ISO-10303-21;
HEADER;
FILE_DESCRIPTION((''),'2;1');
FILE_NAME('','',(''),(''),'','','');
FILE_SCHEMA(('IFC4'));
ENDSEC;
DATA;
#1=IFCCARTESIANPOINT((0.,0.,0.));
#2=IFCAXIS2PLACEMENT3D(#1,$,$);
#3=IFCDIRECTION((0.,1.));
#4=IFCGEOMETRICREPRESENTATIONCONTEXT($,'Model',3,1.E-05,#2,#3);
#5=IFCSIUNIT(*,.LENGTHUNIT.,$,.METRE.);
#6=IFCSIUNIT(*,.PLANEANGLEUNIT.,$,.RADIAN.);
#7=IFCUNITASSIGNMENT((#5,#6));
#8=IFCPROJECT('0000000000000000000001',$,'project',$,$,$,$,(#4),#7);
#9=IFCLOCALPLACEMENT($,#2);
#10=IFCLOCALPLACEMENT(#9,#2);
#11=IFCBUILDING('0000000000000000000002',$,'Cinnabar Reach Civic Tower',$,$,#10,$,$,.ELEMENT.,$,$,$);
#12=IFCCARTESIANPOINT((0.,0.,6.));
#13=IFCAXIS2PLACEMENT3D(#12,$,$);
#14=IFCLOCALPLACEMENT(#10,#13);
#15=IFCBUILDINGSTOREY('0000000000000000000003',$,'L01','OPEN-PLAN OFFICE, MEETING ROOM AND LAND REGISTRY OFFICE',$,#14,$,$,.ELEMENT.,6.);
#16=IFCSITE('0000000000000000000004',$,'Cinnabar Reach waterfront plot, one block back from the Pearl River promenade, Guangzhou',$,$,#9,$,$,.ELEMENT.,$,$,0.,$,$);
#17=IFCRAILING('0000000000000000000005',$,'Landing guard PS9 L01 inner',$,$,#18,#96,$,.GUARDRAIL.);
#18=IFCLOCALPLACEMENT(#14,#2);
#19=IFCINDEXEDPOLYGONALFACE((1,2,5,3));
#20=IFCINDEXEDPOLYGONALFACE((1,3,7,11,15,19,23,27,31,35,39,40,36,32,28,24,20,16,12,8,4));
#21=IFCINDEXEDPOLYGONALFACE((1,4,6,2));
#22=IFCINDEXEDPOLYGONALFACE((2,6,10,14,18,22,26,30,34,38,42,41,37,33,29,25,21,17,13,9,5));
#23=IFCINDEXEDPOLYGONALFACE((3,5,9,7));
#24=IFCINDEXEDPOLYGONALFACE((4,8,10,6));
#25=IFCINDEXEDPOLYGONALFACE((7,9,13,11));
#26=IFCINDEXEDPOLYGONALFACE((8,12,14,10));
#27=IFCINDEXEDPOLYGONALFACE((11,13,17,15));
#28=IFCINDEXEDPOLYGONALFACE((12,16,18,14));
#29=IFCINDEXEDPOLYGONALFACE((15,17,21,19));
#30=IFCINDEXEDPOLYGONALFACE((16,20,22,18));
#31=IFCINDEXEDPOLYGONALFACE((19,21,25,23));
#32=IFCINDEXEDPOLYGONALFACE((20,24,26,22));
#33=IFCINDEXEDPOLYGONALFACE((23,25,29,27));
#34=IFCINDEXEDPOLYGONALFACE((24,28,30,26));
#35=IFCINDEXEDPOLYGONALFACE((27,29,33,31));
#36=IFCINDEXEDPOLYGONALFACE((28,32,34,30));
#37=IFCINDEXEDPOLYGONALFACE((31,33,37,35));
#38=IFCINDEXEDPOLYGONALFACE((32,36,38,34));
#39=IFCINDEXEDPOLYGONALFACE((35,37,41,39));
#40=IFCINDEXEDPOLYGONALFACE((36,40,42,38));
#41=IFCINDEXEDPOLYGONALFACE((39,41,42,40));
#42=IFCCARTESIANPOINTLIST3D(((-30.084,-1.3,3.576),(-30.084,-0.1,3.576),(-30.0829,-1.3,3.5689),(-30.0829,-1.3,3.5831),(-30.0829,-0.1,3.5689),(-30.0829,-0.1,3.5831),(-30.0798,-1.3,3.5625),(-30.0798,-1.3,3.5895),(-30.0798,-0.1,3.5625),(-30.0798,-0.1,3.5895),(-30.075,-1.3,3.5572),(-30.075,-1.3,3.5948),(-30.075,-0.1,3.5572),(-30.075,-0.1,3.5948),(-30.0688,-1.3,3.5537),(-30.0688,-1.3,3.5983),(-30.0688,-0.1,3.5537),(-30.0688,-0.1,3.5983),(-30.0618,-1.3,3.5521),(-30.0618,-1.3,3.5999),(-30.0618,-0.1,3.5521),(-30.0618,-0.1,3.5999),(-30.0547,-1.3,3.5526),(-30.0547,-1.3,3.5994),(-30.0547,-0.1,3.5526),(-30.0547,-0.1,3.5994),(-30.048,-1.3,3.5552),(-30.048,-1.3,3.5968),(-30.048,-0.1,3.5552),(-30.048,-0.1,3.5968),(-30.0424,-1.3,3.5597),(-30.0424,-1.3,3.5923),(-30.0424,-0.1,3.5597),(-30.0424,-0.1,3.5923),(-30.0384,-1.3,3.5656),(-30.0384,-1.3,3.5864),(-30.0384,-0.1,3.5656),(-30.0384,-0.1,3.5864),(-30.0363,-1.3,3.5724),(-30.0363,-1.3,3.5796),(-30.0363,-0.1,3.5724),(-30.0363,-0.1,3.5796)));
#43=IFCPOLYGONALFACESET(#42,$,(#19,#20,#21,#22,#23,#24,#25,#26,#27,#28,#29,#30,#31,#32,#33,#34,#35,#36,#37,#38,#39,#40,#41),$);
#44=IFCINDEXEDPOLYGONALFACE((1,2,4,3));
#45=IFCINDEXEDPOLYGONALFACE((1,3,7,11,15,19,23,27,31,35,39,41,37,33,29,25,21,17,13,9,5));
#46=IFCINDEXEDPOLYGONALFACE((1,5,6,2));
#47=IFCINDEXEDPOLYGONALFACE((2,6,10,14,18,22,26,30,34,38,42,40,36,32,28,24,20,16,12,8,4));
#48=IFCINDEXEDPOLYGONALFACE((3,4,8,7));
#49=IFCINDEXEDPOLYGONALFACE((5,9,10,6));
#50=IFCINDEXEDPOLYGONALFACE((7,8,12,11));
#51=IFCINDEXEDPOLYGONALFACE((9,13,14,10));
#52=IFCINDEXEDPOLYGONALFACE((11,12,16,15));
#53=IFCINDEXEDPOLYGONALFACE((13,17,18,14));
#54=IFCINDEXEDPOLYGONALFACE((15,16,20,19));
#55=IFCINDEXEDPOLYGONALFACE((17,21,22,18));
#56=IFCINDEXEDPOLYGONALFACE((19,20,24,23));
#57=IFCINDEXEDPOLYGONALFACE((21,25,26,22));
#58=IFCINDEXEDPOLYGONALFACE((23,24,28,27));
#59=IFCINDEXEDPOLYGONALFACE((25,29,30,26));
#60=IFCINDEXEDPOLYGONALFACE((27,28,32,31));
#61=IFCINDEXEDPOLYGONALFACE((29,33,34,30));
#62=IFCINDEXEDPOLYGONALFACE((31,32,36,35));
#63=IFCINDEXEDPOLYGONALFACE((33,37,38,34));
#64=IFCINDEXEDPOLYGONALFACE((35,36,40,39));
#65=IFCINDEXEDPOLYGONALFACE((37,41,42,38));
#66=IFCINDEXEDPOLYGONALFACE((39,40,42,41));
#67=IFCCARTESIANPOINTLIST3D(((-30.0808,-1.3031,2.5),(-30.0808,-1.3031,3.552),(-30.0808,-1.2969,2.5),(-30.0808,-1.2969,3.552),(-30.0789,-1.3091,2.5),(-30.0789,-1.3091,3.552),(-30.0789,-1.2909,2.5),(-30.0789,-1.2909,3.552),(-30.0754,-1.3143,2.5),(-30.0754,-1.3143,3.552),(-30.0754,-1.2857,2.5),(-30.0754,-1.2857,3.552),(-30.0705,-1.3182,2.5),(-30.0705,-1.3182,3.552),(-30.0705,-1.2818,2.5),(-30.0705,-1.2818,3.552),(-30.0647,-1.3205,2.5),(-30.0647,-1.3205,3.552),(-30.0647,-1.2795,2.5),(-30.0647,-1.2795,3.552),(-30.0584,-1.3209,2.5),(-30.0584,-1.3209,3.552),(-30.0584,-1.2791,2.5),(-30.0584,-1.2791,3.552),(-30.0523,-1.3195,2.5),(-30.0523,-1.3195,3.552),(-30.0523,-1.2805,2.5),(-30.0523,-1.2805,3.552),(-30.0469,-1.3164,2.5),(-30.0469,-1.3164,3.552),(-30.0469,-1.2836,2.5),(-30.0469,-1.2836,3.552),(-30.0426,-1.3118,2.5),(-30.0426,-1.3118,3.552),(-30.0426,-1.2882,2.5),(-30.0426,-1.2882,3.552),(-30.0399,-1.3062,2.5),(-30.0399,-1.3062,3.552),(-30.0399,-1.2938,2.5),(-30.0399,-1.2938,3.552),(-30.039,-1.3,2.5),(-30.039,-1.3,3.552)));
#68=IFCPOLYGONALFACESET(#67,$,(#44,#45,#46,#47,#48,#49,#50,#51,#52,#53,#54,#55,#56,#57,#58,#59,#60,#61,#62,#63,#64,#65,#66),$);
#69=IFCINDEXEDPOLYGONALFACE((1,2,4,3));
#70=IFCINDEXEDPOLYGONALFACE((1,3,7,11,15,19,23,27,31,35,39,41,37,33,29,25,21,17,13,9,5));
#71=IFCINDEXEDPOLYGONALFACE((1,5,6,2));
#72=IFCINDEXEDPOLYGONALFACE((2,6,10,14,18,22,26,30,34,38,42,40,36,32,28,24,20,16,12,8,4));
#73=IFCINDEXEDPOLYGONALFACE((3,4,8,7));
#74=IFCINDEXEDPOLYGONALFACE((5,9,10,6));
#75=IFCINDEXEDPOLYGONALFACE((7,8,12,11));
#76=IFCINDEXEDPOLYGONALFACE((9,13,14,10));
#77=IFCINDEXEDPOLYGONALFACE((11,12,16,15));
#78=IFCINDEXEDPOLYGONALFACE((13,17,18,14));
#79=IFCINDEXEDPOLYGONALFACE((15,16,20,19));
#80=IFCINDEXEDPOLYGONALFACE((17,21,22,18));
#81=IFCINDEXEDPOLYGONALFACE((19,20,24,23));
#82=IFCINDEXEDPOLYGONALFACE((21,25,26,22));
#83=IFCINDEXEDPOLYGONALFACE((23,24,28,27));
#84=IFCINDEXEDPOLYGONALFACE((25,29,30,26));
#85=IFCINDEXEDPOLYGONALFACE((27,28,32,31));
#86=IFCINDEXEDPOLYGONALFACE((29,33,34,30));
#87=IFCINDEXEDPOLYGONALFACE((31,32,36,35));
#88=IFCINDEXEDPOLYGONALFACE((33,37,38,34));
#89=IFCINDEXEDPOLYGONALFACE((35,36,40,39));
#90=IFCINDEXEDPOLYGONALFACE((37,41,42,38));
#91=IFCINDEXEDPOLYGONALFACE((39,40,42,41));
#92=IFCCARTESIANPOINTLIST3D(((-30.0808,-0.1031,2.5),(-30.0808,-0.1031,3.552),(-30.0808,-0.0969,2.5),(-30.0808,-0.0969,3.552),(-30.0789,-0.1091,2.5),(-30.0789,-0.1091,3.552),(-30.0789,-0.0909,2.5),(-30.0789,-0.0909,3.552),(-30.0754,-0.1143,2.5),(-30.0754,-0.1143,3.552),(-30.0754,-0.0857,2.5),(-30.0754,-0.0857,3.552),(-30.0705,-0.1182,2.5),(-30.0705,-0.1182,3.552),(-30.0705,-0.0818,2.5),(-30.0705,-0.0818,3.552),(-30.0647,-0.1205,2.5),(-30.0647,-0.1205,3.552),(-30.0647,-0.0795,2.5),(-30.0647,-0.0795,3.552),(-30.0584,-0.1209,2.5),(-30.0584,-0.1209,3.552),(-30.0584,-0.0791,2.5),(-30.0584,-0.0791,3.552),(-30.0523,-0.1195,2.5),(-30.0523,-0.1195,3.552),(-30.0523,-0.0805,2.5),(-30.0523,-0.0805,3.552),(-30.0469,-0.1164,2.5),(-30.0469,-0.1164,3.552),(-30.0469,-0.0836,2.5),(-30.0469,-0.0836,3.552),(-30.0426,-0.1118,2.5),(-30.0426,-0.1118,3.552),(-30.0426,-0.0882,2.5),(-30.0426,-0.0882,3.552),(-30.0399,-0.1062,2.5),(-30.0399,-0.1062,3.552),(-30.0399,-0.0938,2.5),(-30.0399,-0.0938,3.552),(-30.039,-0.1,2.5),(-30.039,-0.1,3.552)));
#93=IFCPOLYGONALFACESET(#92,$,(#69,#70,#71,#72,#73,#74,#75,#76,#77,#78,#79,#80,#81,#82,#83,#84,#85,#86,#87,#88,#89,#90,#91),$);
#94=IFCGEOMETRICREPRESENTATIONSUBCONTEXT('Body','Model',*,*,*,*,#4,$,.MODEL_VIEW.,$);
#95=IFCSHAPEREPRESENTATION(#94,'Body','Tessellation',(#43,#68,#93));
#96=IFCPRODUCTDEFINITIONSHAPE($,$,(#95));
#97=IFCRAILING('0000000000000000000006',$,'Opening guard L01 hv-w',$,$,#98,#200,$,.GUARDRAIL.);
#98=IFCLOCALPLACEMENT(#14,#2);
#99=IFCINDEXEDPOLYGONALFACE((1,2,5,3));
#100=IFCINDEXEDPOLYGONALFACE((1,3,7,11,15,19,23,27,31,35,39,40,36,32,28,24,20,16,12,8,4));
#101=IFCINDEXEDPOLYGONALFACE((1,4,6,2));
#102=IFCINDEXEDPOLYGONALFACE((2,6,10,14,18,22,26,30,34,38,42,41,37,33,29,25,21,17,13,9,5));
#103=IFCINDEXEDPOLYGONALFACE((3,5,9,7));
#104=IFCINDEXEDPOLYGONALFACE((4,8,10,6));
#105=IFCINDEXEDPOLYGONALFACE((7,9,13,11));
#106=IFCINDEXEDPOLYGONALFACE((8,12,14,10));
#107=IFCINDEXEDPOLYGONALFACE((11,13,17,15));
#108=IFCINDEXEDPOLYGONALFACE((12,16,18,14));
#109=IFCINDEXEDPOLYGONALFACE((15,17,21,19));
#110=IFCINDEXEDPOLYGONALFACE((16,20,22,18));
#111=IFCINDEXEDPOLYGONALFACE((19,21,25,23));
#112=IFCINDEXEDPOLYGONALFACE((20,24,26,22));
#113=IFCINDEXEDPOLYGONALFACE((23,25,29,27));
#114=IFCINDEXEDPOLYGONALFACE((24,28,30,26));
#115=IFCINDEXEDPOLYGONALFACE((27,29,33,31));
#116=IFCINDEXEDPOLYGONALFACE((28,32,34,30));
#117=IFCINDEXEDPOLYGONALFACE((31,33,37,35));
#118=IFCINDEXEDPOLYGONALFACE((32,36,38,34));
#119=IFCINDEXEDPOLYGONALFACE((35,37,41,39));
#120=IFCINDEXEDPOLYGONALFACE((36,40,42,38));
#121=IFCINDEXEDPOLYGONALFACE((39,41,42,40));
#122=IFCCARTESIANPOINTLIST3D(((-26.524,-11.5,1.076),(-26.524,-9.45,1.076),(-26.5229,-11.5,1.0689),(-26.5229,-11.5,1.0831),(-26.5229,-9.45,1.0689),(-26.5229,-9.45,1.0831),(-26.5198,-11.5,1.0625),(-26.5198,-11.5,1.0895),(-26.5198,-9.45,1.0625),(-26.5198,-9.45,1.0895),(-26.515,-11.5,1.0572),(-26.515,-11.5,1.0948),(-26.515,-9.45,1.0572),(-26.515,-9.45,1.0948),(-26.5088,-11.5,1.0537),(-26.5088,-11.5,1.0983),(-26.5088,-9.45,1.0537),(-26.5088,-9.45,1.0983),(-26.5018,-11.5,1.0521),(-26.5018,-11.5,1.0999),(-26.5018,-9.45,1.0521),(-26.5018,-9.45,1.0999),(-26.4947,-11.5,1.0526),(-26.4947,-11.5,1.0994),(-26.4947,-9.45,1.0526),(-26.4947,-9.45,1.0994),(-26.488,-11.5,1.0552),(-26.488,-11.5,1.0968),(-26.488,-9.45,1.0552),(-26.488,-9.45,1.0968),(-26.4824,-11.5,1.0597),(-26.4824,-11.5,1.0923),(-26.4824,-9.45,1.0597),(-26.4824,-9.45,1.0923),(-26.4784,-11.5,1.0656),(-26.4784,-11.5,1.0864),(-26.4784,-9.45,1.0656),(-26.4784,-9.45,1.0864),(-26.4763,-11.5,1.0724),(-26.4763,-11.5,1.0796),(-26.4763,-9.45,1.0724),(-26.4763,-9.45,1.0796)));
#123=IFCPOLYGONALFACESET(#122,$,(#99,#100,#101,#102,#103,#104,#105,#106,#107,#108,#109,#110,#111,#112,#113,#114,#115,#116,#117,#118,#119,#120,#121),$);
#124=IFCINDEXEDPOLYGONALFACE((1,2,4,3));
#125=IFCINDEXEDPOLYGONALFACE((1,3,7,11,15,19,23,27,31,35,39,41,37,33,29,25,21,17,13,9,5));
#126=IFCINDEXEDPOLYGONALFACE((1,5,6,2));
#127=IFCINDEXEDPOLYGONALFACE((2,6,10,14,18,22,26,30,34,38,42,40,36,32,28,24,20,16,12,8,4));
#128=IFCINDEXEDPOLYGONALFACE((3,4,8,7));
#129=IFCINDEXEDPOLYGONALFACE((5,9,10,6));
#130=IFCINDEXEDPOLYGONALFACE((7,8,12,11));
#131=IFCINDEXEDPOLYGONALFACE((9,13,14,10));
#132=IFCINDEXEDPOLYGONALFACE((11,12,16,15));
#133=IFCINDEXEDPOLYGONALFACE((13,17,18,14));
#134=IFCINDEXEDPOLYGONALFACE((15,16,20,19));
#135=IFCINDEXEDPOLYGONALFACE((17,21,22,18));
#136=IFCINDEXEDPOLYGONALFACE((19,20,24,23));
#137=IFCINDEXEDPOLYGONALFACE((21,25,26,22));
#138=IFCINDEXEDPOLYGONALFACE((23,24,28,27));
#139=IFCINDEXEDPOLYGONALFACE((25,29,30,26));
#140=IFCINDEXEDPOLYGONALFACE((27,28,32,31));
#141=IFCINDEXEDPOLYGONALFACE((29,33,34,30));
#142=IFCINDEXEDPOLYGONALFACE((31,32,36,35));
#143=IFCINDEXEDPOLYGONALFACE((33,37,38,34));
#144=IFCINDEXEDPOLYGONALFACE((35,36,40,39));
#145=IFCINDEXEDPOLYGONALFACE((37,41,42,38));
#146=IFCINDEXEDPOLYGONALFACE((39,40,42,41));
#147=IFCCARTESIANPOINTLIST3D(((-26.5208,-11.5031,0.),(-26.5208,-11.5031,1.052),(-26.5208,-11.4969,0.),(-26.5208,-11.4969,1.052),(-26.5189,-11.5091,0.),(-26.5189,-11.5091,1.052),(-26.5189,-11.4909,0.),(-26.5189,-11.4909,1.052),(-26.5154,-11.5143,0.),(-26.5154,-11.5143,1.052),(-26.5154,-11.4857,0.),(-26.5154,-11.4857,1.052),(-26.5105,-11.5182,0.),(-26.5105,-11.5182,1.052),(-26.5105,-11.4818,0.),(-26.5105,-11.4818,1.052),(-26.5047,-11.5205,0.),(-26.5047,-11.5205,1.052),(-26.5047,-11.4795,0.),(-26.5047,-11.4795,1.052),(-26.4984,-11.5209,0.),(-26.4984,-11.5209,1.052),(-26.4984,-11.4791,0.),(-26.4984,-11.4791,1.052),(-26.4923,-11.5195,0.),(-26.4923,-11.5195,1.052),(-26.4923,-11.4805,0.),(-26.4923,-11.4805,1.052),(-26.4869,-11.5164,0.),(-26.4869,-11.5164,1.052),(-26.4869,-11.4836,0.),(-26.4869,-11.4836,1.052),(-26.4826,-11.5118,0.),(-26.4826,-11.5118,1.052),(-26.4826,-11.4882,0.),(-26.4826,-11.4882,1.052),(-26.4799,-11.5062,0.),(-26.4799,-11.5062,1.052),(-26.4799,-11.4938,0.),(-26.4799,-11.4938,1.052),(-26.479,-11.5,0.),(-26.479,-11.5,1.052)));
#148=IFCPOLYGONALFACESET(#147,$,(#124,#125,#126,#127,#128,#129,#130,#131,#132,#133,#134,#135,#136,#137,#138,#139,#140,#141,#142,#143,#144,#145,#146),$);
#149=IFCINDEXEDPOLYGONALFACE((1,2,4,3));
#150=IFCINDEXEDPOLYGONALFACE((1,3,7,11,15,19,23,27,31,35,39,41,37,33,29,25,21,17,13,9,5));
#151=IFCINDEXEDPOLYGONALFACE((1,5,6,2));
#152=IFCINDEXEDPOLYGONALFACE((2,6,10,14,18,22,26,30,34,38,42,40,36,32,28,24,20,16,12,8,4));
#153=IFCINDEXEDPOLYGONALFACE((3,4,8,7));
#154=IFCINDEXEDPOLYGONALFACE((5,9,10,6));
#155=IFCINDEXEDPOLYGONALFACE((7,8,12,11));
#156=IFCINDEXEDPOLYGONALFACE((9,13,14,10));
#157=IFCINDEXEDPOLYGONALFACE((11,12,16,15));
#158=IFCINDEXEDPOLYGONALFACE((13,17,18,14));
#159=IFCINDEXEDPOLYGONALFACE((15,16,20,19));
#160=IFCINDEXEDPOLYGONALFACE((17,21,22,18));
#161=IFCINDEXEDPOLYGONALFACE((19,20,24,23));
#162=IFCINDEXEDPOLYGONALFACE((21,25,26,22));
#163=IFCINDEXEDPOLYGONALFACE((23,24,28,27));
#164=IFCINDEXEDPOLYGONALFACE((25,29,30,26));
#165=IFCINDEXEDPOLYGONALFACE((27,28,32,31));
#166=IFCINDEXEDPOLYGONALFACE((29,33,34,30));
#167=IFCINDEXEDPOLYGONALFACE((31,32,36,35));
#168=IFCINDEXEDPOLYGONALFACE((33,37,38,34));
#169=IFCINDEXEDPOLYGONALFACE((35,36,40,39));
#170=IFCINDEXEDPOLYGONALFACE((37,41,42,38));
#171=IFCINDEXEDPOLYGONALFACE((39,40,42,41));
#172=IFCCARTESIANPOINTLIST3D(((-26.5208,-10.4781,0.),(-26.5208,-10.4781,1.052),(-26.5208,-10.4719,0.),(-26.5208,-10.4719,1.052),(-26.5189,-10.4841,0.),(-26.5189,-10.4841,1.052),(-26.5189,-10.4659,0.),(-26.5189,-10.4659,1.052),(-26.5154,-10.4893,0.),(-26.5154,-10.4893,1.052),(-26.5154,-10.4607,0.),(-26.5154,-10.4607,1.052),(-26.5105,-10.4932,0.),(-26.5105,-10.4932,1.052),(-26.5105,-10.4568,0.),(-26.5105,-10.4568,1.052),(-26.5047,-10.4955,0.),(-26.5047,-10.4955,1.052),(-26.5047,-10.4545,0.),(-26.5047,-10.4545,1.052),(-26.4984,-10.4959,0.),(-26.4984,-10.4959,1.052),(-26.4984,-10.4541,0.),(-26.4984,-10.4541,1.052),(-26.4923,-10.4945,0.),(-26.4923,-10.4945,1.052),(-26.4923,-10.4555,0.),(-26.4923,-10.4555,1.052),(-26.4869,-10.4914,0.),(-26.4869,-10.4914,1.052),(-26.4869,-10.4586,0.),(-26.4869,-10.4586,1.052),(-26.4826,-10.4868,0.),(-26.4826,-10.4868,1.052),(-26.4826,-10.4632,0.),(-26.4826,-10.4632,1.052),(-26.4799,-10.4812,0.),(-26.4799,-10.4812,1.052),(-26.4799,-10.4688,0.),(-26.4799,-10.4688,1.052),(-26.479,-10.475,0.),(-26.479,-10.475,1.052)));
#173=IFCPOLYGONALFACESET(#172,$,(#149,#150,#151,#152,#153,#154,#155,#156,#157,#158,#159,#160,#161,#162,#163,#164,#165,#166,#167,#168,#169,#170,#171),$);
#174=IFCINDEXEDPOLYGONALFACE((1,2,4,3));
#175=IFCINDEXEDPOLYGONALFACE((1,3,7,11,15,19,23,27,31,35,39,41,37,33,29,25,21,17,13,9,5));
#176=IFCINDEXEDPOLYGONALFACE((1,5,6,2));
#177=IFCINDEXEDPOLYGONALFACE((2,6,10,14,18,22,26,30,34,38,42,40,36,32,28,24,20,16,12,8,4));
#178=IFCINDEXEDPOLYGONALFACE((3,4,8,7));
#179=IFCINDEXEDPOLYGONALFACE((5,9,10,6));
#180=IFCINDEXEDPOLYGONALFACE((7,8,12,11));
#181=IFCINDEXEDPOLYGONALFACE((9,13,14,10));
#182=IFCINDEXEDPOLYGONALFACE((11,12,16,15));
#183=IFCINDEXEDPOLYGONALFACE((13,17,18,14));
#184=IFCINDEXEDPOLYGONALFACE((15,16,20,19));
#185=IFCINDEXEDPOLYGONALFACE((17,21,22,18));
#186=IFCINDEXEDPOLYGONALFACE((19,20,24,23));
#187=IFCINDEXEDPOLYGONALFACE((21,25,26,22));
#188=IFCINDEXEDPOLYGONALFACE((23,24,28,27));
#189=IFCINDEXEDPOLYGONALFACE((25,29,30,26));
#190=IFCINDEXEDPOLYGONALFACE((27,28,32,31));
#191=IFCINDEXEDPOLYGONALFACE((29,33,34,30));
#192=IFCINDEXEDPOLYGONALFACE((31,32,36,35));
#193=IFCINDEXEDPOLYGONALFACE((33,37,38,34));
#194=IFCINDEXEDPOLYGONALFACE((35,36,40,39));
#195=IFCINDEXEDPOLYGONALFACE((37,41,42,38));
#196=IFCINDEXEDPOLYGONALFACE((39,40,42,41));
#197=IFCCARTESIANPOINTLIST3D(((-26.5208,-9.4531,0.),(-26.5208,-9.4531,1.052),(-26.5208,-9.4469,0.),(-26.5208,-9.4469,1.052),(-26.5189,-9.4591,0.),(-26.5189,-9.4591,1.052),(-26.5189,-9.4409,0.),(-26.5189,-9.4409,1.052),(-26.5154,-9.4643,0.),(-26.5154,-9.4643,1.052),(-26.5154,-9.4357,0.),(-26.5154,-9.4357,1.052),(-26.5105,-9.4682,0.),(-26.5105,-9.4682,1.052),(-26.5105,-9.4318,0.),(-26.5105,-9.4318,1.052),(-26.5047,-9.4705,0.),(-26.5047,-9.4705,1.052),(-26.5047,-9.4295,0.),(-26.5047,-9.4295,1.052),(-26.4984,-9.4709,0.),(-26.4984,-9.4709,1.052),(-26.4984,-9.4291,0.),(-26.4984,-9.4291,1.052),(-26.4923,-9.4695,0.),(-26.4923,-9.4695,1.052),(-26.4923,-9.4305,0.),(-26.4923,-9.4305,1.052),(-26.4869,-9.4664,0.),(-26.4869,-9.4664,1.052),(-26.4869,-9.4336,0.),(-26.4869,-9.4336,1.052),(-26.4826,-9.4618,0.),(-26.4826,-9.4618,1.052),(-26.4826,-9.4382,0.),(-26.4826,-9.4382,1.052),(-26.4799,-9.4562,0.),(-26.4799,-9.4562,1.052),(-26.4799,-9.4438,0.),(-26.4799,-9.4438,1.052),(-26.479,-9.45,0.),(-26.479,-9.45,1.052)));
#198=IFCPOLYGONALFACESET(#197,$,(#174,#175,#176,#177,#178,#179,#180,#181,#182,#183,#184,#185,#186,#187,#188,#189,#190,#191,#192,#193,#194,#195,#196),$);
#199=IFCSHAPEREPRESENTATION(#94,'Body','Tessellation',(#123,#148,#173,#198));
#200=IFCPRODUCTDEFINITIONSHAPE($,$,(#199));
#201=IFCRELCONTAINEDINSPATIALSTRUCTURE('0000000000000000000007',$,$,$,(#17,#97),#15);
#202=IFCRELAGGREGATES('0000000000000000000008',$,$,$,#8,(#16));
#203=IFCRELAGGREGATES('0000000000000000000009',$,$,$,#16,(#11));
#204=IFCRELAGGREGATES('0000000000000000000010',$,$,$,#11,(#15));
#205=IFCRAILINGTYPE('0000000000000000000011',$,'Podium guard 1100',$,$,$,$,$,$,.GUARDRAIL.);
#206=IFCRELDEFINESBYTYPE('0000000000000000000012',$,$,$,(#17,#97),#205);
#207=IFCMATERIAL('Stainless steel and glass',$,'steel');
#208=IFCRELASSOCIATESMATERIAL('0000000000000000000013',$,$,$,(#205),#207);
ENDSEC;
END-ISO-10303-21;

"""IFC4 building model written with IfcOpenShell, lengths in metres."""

from ifc_helpers import new_model, si_unit, direction, frame, origin, origin_2d, place, context, subcontext, project, spatial, circle, extrude, material, type_object, element, save


model = new_model("IFC4")

# Units and contexts
model_context = context("Model", 3, precision=1e-05, world=origin(), true_north=direction((0.0, 1.0)))
body_context = subcontext(model_context, "Body", "Model", "MODEL_VIEW")
ifc_project = project(units=[si_unit("LENGTHUNIT", "METRE"), si_unit("PLANEANGLEUNIT", "RADIAN")], contexts=[model_context])

# Site, building, storey
site_placement = place(None, origin())
site = spatial("IfcSite", under=ifc_project, at=site_placement, Name="Cinnabar Reach waterfront plot, one block back from the Pearl River promenade, Guangzhou", CompositionType="ELEMENT", RefElevation=0.0)
building_placement = place(site_placement, origin())
building = spatial("IfcBuilding", under=site, at=building_placement, Name="Cinnabar Reach Civic Tower", CompositionType="ELEMENT")
storey_placement = place(building_placement, frame((0.0, 0.0, 6.0)))
storey = spatial("IfcBuildingStorey", under=building, at=storey_placement, Name="L01", Description="OPEN-PLAN OFFICE, MEETING ROOM AND LAND REGISTRY OFFICE", CompositionType="ELEMENT", Elevation=6.0)

# Railings
ifc_material_1 = material(Name="Stainless steel and glass", Category="steel")
railing_type_1 = type_object("IfcRailingType", Name="Podium guard 1100", PredefinedType="GUARDRAIL", material=ifc_material_1)
railing_1_placement = place(storey_placement, frame((-30.06, -1.3, 2.5)))
element("IfcRailing", 1, at=railing_1_placement, inside=storey, type_object=railing_type_1, Name="Landing guard PS9 L01 inner", PredefinedType="GUARDRAIL", context=body_context, shape_type="SweptSolid", body=[
    extrude(circle(Radius=0.024, at=origin_2d()), frame((0.0, 0.0, 1.076), z_axis=(0.0, 1.0, 0.0), x_axis=(-1.0, 0.0, 0.0)), (0.0, 0.0, 1.0), 1.2),
    extrude(circle(Radius=0.021, at=origin_2d()), origin(), (0.0, 0.0, 1.0), 1.052),
    extrude(circle(Radius=0.021, at=origin_2d()), frame((0.0, 1.2, 0.0)), (0.0, 0.0, 1.0), 1.052),
])
railing_2_placement = place(storey_placement, frame((-26.5, -11.5, 0.0)))
element("IfcRailing", 2, at=railing_2_placement, inside=storey, type_object=railing_type_1, Name="Opening guard L01 hv-w", PredefinedType="GUARDRAIL", context=body_context, shape_type="SweptSolid", body=[
    extrude(circle(Radius=0.024, at=origin_2d()), frame((0.0, 0.0, 1.076), z_axis=(0.0, 1.0, 0.0), x_axis=(-1.0, 0.0, 0.0)), (0.0, 0.0, 1.0), 2.05),
    extrude(circle(Radius=0.021, at=origin_2d()), origin(), (0.0, 0.0, 1.0), 1.052),
    extrude(circle(Radius=0.021, at=origin_2d()), frame((0.0, 1.025, 0.0)), (0.0, 0.0, 1.0), 1.052),
    extrude(circle(Radius=0.021, at=origin_2d()), frame((0.0, 2.05, 0.0)), (0.0, 0.0, 1.0), 1.052),
])

save(model, "model.ifc")
